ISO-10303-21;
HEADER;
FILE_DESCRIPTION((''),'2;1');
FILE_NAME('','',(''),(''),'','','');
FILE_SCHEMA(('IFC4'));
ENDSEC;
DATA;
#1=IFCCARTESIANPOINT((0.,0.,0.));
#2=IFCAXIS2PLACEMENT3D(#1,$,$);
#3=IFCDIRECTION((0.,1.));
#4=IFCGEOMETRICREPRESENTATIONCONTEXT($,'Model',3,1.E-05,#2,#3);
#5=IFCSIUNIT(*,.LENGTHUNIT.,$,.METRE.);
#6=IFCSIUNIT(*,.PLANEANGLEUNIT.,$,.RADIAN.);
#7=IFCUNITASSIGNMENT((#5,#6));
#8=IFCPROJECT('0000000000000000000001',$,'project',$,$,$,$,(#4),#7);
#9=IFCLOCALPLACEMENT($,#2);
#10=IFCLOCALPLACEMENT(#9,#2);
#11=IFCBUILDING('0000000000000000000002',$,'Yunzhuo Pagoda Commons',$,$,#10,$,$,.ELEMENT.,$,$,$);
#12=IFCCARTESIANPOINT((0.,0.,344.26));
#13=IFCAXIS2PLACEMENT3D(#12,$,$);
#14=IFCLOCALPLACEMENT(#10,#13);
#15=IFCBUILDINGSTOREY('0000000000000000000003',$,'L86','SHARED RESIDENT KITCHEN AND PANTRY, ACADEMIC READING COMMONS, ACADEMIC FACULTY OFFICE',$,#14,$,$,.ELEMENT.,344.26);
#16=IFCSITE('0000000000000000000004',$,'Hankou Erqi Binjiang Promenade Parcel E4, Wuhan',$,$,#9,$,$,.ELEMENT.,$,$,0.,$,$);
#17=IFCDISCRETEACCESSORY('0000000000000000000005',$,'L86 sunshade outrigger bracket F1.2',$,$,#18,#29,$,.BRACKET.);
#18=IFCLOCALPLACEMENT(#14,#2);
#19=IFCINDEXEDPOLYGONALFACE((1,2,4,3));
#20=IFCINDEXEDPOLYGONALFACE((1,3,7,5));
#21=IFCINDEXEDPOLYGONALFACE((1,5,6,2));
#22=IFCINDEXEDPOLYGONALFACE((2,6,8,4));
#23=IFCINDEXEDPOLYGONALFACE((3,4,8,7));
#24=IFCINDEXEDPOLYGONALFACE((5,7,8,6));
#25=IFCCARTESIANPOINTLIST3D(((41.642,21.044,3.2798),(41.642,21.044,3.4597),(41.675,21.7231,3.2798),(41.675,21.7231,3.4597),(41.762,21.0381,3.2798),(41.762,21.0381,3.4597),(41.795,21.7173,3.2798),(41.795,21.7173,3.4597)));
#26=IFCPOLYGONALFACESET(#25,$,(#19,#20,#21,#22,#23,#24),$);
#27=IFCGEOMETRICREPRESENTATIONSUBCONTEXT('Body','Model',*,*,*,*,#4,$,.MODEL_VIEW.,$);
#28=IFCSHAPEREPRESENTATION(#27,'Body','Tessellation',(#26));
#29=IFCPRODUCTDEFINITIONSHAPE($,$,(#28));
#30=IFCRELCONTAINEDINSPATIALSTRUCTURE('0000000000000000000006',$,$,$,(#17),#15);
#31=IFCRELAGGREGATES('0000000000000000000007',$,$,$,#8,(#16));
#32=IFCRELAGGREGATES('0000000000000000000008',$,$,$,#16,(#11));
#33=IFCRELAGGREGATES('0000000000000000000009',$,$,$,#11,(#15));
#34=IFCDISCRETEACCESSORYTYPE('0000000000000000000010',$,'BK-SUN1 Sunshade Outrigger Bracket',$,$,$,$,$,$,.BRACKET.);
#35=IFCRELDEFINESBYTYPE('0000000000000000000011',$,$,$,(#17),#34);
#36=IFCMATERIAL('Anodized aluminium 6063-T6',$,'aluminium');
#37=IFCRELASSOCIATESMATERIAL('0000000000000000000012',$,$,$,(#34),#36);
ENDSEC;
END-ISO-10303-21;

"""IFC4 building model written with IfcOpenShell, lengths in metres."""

from ifc_helpers import new_model, si_unit, direction, frame, origin, origin_2d, place, context, subcontext, project, spatial, rectangle, extrude, source, transform, mapped, material, type_object, element, save


model = new_model("IFC4")

# Units and contexts
model_context = context("Model", 3, precision=1e-05, world=origin(), true_north=direction((0.0, 1.0)))
body_context = subcontext(model_context, "Body", "Model", "MODEL_VIEW")
ifc_project = project(units=[si_unit("LENGTHUNIT", "METRE"), si_unit("PLANEANGLEUNIT", "RADIAN")], contexts=[model_context])

# Site, building, storey
site_placement = place(None, origin())
site = spatial("IfcSite", under=ifc_project, at=site_placement, Name="Hankou Erqi Binjiang Promenade Parcel E4, Wuhan", CompositionType="ELEMENT", RefElevation=0.0)
building_placement = place(site_placement, origin())
building = spatial("IfcBuilding", under=site, at=building_placement, Name="Yunzhuo Pagoda Commons", CompositionType="ELEMENT")
storey_placement = place(building_placement, frame((0.0, 0.0, 344.26)))
storey = spatial("IfcBuildingStorey", under=building, at=storey_placement, Name="L86", Description="SHARED RESIDENT KITCHEN AND PANTRY, ACADEMIC READING COMMONS, ACADEMIC FACULTY OFFICE", CompositionType="ELEMENT", Elevation=344.26)

# Shared definitions
ifc_material_1 = material(Name="Anodized aluminium 6063-T6", Category="aluminium")

# Discrete accessory
discrete_accessory_type = type_object("IfcDiscreteAccessoryType", Name="BK-SUN1 Sunshade Outrigger Bracket", PredefinedType="BRACKET", material=ifc_material_1)
shared_shape_1 = source(origin(), body_context, "Body", "SweptSolid", [
    extrude(rectangle(XDim=0.1201, YDim=0.6799, at=origin_2d()), origin(), (0.0, 0.0, 1.0), 0.1799),
])
discrete_accessory_placement = place(storey_placement, frame((41.7185, 21.3806, 3.2798), z_axis=(0.0, 0.0, 1.0), x_axis=(0.998818, -0.048606, 0.0)))
element("IfcDiscreteAccessory", 1, at=discrete_accessory_placement, inside=storey, type_object=discrete_accessory_type, Name="L86 sunshade outrigger bracket F1.2", PredefinedType="BRACKET", context=body_context, shape_type="MappedRepresentation", body=[
    mapped(shared_shape_1, transform((0.0, 0.0, 0.0), scale=1.0)),
])

save(model, "model.ifc")
